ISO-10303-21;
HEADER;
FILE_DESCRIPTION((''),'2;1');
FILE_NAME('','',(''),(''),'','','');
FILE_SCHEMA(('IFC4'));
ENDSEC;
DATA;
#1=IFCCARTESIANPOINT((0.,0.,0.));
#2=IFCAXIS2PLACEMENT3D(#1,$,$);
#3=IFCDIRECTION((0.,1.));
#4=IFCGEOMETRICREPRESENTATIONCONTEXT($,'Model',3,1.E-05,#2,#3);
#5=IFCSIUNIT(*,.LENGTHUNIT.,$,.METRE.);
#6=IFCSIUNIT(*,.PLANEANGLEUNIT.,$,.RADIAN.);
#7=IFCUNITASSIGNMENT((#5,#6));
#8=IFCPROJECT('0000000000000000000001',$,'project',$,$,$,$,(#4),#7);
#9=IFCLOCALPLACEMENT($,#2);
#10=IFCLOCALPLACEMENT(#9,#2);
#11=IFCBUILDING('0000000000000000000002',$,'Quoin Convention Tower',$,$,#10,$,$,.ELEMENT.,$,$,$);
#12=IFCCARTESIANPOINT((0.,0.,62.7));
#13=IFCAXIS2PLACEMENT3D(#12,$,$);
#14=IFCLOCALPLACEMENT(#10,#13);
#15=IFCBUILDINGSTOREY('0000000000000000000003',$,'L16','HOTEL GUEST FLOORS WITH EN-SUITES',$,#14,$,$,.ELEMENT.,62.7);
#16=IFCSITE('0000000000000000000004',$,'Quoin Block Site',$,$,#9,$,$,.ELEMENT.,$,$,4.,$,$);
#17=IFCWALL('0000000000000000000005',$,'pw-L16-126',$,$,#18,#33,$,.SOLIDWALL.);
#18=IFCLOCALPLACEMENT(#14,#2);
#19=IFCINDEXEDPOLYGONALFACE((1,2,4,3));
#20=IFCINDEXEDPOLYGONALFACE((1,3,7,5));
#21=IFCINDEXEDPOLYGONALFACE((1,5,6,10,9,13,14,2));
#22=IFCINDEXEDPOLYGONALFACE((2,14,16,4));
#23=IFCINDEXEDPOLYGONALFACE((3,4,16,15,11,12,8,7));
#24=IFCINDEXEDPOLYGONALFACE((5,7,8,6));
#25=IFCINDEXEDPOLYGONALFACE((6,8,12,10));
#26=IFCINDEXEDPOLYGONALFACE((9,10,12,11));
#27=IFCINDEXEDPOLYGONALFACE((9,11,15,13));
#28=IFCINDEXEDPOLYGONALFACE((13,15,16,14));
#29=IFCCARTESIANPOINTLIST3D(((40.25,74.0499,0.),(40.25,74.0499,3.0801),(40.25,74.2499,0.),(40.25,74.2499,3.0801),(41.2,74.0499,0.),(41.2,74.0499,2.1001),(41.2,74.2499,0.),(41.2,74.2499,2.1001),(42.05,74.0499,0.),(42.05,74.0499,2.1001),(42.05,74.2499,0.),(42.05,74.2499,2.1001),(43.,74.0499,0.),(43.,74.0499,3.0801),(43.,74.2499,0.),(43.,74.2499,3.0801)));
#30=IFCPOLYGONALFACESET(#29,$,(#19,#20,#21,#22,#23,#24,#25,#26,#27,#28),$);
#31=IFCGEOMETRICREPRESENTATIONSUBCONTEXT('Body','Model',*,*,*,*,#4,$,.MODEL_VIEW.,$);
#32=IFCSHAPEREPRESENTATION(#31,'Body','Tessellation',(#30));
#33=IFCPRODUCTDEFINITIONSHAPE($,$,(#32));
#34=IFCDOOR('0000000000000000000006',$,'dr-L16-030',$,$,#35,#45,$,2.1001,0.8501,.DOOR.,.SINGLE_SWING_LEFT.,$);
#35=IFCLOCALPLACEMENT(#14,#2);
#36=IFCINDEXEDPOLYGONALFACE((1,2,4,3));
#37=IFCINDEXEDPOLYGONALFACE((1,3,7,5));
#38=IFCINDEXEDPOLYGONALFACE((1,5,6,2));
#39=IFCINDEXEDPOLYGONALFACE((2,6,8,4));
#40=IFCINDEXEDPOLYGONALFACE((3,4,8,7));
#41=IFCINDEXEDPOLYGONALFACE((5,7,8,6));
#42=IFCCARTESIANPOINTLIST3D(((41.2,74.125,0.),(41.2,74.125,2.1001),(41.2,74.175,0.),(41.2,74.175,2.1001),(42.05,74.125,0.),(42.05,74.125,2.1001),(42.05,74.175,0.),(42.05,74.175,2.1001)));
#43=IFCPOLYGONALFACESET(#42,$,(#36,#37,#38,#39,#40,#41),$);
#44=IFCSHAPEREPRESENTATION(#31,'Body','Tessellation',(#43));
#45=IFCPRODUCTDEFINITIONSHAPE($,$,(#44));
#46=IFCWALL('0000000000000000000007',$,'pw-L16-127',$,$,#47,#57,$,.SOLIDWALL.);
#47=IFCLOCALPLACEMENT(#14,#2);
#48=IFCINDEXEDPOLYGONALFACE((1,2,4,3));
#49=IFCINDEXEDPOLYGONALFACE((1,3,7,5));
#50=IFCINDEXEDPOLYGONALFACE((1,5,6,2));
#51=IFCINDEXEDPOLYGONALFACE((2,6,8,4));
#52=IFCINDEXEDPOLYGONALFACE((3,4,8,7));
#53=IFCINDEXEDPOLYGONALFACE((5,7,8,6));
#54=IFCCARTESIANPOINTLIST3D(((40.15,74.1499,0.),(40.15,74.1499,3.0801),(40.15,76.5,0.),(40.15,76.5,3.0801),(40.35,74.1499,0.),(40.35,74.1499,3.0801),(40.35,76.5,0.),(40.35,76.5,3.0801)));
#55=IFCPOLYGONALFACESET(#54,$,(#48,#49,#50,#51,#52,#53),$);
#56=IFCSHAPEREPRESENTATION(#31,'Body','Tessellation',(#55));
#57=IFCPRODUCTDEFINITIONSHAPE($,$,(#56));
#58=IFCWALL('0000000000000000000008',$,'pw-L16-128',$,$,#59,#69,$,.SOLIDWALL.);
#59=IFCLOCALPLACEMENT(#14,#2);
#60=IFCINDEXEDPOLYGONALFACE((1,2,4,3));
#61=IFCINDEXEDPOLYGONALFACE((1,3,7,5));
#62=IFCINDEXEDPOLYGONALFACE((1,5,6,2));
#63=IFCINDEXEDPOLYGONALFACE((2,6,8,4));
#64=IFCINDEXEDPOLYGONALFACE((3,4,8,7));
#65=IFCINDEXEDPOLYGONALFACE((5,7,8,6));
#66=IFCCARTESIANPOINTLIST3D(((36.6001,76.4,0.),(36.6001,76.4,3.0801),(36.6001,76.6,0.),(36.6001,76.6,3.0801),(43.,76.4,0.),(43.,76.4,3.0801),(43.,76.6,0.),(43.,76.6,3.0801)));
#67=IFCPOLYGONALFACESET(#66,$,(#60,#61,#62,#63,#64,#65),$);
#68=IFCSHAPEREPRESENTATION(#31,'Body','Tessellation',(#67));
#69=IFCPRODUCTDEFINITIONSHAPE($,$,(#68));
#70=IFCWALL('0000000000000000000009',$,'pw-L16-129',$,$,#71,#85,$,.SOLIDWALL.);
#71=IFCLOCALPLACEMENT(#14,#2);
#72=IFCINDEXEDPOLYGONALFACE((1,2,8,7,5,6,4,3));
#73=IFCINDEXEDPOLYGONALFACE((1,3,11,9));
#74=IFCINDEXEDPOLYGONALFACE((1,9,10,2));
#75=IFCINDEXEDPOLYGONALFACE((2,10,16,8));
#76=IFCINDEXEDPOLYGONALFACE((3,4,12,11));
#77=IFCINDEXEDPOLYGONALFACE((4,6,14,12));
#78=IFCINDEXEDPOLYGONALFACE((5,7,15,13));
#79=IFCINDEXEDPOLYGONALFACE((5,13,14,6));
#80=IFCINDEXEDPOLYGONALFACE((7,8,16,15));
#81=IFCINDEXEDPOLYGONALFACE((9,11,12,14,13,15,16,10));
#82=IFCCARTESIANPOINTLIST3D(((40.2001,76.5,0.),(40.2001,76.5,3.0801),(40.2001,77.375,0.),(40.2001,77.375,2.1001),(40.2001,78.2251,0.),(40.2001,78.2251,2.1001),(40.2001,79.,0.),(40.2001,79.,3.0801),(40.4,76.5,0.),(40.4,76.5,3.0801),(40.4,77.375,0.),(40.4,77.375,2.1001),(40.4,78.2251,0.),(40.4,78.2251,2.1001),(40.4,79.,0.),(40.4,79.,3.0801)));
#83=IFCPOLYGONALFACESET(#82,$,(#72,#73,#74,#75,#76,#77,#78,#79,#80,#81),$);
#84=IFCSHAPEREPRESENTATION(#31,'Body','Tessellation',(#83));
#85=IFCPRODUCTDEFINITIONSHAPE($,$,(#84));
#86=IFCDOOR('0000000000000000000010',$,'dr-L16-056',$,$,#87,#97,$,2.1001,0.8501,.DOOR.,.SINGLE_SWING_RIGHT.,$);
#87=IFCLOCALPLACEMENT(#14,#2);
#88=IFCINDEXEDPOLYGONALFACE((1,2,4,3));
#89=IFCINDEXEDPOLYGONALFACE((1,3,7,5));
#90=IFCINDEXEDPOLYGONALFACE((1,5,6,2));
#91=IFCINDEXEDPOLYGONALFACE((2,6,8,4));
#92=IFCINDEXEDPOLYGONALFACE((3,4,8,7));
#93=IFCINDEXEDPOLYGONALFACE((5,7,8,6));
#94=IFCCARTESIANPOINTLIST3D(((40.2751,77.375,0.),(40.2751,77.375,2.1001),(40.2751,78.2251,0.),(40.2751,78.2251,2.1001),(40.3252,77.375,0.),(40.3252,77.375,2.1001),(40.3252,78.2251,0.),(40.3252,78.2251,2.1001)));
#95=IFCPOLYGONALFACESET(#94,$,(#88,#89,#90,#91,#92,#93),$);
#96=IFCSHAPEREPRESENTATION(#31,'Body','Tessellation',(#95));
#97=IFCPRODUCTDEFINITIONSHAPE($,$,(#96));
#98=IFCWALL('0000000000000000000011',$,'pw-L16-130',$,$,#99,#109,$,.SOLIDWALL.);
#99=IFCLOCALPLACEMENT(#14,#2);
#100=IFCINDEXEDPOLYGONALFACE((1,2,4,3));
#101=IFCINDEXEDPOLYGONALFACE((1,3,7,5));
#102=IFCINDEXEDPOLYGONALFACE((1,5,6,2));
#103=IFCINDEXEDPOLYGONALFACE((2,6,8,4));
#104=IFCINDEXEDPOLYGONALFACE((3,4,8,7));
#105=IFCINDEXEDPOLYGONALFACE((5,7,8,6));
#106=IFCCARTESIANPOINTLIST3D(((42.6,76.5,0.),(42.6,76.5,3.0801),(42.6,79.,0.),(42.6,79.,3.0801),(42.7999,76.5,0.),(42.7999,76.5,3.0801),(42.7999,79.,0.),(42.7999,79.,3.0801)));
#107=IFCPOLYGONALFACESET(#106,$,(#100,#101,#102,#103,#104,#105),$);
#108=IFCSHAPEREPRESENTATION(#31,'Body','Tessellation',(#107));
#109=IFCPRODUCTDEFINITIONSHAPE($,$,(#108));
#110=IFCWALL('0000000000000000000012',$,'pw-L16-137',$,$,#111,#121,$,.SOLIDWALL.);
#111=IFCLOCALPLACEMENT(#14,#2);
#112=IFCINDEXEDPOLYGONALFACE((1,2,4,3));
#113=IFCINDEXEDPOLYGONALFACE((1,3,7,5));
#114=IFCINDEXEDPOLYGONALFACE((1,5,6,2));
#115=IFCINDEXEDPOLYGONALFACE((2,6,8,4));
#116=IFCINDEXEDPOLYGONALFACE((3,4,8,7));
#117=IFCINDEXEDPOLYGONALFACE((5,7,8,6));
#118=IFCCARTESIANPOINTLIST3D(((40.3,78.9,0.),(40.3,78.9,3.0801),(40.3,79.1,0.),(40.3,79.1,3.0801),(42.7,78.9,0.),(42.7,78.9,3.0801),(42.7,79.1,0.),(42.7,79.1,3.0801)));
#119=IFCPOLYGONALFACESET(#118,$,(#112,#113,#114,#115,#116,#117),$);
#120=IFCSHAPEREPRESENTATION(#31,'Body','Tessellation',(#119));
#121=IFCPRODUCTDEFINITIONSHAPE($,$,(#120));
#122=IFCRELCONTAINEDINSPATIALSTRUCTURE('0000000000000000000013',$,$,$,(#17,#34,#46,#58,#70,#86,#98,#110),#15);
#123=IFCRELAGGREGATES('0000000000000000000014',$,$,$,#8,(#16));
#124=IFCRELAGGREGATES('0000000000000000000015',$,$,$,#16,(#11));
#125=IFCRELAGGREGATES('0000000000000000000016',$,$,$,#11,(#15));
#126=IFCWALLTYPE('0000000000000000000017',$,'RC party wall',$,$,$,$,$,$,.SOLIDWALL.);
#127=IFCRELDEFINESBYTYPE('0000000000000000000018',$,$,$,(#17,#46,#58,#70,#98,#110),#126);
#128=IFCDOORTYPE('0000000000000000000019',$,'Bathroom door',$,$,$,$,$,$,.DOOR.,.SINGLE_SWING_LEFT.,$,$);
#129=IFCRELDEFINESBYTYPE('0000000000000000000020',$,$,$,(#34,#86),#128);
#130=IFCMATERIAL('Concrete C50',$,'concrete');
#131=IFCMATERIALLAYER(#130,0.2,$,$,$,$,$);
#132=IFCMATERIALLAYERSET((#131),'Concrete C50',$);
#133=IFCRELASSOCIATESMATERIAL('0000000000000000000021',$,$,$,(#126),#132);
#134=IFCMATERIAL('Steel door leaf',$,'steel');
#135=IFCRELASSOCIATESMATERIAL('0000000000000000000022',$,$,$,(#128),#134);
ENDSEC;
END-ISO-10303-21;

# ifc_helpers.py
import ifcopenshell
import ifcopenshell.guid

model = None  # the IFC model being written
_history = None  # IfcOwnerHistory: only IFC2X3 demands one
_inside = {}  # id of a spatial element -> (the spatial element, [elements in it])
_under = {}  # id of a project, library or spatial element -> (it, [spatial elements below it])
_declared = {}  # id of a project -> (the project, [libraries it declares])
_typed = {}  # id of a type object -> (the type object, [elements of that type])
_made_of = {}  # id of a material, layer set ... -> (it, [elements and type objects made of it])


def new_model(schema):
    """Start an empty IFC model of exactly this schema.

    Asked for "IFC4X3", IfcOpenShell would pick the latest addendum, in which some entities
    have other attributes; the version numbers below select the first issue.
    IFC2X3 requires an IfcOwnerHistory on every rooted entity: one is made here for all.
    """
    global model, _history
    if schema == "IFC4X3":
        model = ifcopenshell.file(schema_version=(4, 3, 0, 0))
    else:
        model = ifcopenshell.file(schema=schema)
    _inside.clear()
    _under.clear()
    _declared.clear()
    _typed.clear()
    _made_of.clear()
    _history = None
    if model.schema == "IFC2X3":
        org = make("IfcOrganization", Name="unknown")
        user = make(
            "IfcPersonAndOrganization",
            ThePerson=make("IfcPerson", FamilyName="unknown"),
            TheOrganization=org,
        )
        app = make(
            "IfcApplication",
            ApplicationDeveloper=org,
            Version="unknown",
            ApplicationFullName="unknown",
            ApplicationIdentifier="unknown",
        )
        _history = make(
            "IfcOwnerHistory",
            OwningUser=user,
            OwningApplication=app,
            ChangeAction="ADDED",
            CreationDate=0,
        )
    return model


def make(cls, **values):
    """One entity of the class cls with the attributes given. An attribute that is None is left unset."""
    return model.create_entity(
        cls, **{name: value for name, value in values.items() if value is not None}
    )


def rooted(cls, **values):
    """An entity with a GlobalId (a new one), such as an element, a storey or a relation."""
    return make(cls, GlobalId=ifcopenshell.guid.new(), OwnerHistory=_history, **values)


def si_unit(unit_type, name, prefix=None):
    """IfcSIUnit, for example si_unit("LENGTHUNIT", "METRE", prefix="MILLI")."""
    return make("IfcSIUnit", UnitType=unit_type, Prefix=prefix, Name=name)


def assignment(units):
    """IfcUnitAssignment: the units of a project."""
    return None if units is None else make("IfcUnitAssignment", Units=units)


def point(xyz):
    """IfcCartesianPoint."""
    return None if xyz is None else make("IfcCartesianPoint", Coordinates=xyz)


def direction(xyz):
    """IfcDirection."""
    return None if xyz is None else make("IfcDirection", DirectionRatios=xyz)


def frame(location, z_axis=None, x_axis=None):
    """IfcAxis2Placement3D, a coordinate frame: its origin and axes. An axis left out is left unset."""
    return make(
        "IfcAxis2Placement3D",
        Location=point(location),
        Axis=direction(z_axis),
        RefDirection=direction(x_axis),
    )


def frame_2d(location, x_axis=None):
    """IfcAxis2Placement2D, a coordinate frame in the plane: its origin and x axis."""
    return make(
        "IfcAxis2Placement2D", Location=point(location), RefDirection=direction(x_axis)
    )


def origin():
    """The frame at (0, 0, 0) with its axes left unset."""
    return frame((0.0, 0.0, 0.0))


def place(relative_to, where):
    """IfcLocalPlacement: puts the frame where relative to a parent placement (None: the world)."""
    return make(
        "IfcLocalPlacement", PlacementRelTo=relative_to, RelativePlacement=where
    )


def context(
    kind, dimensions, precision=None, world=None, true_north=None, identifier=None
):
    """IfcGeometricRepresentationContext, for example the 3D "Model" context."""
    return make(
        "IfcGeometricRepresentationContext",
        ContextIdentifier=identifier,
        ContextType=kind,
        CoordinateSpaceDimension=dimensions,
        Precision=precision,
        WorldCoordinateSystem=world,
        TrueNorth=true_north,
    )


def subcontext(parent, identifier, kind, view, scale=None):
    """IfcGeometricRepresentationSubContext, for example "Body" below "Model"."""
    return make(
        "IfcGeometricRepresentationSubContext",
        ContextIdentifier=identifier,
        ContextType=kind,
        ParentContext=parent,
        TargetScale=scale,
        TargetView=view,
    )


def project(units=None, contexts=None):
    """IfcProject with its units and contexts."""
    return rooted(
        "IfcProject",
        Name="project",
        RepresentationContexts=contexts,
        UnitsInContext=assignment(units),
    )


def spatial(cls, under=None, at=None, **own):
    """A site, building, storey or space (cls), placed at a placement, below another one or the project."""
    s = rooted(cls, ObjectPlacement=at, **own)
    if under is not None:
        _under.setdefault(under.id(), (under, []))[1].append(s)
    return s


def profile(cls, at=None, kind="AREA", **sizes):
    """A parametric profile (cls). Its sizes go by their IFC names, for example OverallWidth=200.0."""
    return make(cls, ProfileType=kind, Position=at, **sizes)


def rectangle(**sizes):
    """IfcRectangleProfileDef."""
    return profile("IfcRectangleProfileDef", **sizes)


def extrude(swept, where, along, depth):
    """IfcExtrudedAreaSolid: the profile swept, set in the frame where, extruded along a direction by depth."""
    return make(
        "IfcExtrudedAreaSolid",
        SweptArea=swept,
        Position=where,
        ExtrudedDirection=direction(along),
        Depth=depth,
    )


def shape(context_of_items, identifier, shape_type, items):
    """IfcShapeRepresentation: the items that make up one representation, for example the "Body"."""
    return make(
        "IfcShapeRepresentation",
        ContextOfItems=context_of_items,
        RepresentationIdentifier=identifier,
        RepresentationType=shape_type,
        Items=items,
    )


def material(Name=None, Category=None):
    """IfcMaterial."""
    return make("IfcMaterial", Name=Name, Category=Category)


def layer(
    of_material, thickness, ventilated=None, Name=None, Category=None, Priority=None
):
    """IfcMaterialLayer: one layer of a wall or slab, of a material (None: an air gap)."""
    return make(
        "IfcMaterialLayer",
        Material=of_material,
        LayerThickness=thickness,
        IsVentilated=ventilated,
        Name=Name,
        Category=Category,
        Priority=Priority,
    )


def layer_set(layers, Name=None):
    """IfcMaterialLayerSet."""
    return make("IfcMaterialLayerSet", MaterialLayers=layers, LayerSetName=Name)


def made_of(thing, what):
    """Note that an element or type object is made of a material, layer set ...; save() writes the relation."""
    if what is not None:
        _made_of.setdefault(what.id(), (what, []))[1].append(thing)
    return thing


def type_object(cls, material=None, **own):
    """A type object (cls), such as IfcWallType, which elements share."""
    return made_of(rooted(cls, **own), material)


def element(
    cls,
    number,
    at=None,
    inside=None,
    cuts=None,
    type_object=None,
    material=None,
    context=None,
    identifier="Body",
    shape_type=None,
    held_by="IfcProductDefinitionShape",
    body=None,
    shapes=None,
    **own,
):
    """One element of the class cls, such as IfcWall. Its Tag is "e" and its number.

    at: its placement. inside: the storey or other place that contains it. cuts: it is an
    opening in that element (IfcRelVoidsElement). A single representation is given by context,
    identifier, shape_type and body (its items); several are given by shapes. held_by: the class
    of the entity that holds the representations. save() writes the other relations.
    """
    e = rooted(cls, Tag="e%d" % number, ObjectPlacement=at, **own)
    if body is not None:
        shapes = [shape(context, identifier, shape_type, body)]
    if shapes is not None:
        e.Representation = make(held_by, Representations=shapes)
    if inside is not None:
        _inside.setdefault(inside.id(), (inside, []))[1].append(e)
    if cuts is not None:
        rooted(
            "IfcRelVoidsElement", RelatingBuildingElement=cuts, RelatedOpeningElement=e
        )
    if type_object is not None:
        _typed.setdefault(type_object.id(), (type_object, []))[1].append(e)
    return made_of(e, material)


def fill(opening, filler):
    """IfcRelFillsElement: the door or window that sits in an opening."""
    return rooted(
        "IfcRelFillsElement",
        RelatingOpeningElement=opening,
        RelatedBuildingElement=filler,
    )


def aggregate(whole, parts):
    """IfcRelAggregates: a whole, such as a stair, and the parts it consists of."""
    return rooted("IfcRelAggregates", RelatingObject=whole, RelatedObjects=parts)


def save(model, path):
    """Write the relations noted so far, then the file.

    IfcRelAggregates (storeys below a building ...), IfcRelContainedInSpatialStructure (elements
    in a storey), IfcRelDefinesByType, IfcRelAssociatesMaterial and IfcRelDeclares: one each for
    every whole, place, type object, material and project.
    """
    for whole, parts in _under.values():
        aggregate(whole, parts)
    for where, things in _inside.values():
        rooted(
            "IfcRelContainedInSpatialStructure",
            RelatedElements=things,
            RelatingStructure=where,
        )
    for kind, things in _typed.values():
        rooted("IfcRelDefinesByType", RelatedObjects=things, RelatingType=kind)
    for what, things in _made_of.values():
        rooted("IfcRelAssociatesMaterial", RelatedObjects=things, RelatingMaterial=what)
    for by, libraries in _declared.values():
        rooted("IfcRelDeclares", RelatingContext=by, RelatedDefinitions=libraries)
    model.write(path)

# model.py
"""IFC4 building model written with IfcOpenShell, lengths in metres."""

from ifc_helpers import new_model, si_unit, direction, frame, frame_2d, origin, place, context, subcontext, project, spatial, rectangle, extrude, material, layer, layer_set, type_object, element, fill, save


model = new_model("IFC4")

# Units and contexts
model_context = context("Model", 3, precision=1e-05, world=origin(), true_north=direction((0.0, 1.0)))
body_context = subcontext(model_context, "Body", "Model", "MODEL_VIEW")
ifc_project = project(units=[si_unit("LENGTHUNIT", "METRE"), si_unit("PLANEANGLEUNIT", "RADIAN")], contexts=[model_context])

# Site, building, storey
site_placement = place(None, origin())
site = spatial("IfcSite", under=ifc_project, at=site_placement, Name="Quoin Block Site", CompositionType="ELEMENT", RefElevation=4.0)
building_placement = place(site_placement, origin())
building = spatial("IfcBuilding", under=site, at=building_placement, Name="Quoin Convention Tower", CompositionType="ELEMENT")
storey_placement = place(building_placement, frame((0.0, 0.0, 62.7)))
storey = spatial("IfcBuildingStorey", under=building, at=storey_placement, Name="L16", Description="HOTEL GUEST FLOORS WITH EN-SUITES", CompositionType="ELEMENT", Elevation=62.7)

# Wall, opening, door
ifc_material_1 = material(Name="Concrete C50", Category="concrete")
ifc_layer_1 = layer(ifc_material_1, 0.2)
ifc_layer_set_1 = layer_set([ifc_layer_1], Name="Concrete C50")
wall_type_1 = type_object("IfcWallType", Name="RC party wall", PredefinedType="SOLIDWALL", material=ifc_layer_set_1)
wall_1_placement = place(storey_placement, frame((40.25, 74.1499, 0.0), z_axis=(0.0, 0.0, 1.0), x_axis=(1.0, 0.0, 0.0)))
wall_1 = element("IfcWall", 1, at=wall_1_placement, inside=storey, type_object=wall_type_1, Name="pw-L16-126", PredefinedType="SOLIDWALL", context=body_context, shape_type="SweptSolid", body=[
    extrude(rectangle(XDim=2.75, YDim=0.2, at=frame_2d((1.375, 0.0))), origin(), (0.0, 0.0, 1.0), 3.0801),
])
opening_1_placement = place(wall_1_placement, frame((0.95, 0.0, 0.0)))
opening_1 = element("IfcOpeningElement", 2, at=opening_1_placement, cuts=wall_1, PredefinedType="OPENING", context=body_context, shape_type="SweptSolid", body=[
    extrude(rectangle(XDim=0.8501, YDim=2.1001, at=frame_2d((0.425, 1.05))), frame((0.0, 0.1099, 0.0), z_axis=(0.0, -1.0, 0.0), x_axis=(1.0, 0.0, 0.0)), (0.0, 0.0, 1.0), 0.22),
])
ifc_material_2 = material(Name="Steel door leaf", Category="steel")
door_type = type_object("IfcDoorType", Name="Bathroom door", OperationType="SINGLE_SWING_LEFT", PredefinedType="DOOR", material=ifc_material_2)
door_1_placement = place(opening_1_placement, frame((0.8501, 0.0, 0.0), z_axis=(0.0, 0.0, 1.0), x_axis=(-1.0, 0.0, 0.0)))
door_1 = element("IfcDoor", 3, at=door_1_placement, inside=storey, type_object=door_type, Name="dr-L16-030", OperationType="SINGLE_SWING_LEFT", OverallHeight=2.1001, OverallWidth=0.8501, PredefinedType="DOOR", context=body_context, shape_type="SweptSolid", body=[
    extrude(rectangle(XDim=0.8501, YDim=2.1001, at=frame_2d((0.425, 1.05))), frame((0.0, 0.0249, 0.0), z_axis=(0.0, -1.0, 0.0), x_axis=(1.0, 0.0, 0.0)), (0.0, 0.0, 1.0), 0.05),
])
fill(opening_1, door_1)

# Walls
wall_2_placement = place(storey_placement, frame((40.25, 74.1499, 0.0), z_axis=(0.0, 0.0, 1.0), x_axis=(0.0, 1.0, 0.0)))
element("IfcWall", 4, at=wall_2_placement, inside=storey, type_object=wall_type_1, Name="pw-L16-127", PredefinedType="SOLIDWALL", context=body_context, shape_type="SweptSolid", body=[
    extrude(rectangle(XDim=2.3501, YDim=0.2, at=frame_2d((1.175, 0.0))), origin(), (0.0, 0.0, 1.0), 3.0801),
])
wall_3_placement = place(storey_placement, frame((36.6001, 76.5, 0.0), z_axis=(0.0, 0.0, 1.0), x_axis=(1.0, 0.0, 0.0)))
element("IfcWall", 5, at=wall_3_placement, inside=storey, type_object=wall_type_1, Name="pw-L16-128", PredefinedType="SOLIDWALL", context=body_context, shape_type="SweptSolid", body=[
    extrude(rectangle(XDim=6.3999, YDim=0.2, at=frame_2d((3.2, 0.0))), origin(), (0.0, 0.0, 1.0), 3.0801),
])

# Wall, opening, door
wall_4_placement = place(storey_placement, frame((40.3, 76.5, 0.0), z_axis=(0.0, 0.0, 1.0), x_axis=(0.0, 1.0, 0.0)))
wall_4 = element("IfcWall", 6, at=wall_4_placement, inside=storey, type_object=wall_type_1, Name="pw-L16-129", PredefinedType="SOLIDWALL", context=body_context, shape_type="SweptSolid", body=[
    extrude(rectangle(XDim=2.5, YDim=0.2, at=frame_2d((1.25, 0.0))), origin(), (0.0, 0.0, 1.0), 3.0801),
])
opening_2_placement = place(wall_4_placement, frame((0.875, 0.0, 0.0)))
opening_2 = element("IfcOpeningElement", 7, at=opening_2_placement, cuts=wall_4, PredefinedType="OPENING", context=body_context, shape_type="SweptSolid", body=[
    extrude(rectangle(XDim=0.8501, YDim=2.1001, at=frame_2d((0.425, 1.05))), frame((0.0, 0.1099, 0.0), z_axis=(0.0, -1.0, 0.0), x_axis=(1.0, 0.0, 0.0)), (0.0, 0.0, 1.0), 0.22),
])
door_2_placement = place(opening_2_placement, origin())
door_2 = element("IfcDoor", 8, at=door_2_placement, inside=storey, type_object=door_type, Name="dr-L16-056", OperationType="SINGLE_SWING_RIGHT", OverallHeight=2.1001, OverallWidth=0.8501, PredefinedType="DOOR", context=body_context, shape_type="SweptSolid", body=[
    extrude(rectangle(XDim=0.8501, YDim=2.1001, at=frame_2d((0.425, 1.05))), frame((0.0, 0.0249, 0.0), z_axis=(0.0, -1.0, 0.0), x_axis=(1.0, 0.0, 0.0)), (0.0, 0.0, 1.0), 0.05),
])
fill(opening_2, door_2)

# Walls
wall_5_placement = place(storey_placement, frame((42.7, 76.5, 0.0), z_axis=(0.0, 0.0, 1.0), x_axis=(0.0, 1.0, 0.0)))
element("IfcWall", 9, at=wall_5_placement, inside=storey, type_object=wall_type_1, Name="pw-L16-130", PredefinedType="SOLIDWALL", context=body_context, shape_type="SweptSolid", body=[
    extrude(rectangle(XDim=2.5, YDim=0.2, at=frame_2d((1.25, 0.0))), origin(), (0.0, 0.0, 1.0), 3.0801),
])
wall_6_placement = place(storey_placement, frame((40.3, 79.0, 0.0), z_axis=(0.0, 0.0, 1.0), x_axis=(1.0, 0.0, 0.0)))
element("IfcWall", 10, at=wall_6_placement, inside=storey, type_object=wall_type_1, Name="pw-L16-137", PredefinedType="SOLIDWALL", context=body_context, shape_type="SweptSolid", body=[
    extrude(rectangle(XDim=2.3999, YDim=0.2, at=frame_2d((1.2, 0.0))), origin(), (0.0, 0.0, 1.0), 3.0801),
])

save(model, "model.ifc")
